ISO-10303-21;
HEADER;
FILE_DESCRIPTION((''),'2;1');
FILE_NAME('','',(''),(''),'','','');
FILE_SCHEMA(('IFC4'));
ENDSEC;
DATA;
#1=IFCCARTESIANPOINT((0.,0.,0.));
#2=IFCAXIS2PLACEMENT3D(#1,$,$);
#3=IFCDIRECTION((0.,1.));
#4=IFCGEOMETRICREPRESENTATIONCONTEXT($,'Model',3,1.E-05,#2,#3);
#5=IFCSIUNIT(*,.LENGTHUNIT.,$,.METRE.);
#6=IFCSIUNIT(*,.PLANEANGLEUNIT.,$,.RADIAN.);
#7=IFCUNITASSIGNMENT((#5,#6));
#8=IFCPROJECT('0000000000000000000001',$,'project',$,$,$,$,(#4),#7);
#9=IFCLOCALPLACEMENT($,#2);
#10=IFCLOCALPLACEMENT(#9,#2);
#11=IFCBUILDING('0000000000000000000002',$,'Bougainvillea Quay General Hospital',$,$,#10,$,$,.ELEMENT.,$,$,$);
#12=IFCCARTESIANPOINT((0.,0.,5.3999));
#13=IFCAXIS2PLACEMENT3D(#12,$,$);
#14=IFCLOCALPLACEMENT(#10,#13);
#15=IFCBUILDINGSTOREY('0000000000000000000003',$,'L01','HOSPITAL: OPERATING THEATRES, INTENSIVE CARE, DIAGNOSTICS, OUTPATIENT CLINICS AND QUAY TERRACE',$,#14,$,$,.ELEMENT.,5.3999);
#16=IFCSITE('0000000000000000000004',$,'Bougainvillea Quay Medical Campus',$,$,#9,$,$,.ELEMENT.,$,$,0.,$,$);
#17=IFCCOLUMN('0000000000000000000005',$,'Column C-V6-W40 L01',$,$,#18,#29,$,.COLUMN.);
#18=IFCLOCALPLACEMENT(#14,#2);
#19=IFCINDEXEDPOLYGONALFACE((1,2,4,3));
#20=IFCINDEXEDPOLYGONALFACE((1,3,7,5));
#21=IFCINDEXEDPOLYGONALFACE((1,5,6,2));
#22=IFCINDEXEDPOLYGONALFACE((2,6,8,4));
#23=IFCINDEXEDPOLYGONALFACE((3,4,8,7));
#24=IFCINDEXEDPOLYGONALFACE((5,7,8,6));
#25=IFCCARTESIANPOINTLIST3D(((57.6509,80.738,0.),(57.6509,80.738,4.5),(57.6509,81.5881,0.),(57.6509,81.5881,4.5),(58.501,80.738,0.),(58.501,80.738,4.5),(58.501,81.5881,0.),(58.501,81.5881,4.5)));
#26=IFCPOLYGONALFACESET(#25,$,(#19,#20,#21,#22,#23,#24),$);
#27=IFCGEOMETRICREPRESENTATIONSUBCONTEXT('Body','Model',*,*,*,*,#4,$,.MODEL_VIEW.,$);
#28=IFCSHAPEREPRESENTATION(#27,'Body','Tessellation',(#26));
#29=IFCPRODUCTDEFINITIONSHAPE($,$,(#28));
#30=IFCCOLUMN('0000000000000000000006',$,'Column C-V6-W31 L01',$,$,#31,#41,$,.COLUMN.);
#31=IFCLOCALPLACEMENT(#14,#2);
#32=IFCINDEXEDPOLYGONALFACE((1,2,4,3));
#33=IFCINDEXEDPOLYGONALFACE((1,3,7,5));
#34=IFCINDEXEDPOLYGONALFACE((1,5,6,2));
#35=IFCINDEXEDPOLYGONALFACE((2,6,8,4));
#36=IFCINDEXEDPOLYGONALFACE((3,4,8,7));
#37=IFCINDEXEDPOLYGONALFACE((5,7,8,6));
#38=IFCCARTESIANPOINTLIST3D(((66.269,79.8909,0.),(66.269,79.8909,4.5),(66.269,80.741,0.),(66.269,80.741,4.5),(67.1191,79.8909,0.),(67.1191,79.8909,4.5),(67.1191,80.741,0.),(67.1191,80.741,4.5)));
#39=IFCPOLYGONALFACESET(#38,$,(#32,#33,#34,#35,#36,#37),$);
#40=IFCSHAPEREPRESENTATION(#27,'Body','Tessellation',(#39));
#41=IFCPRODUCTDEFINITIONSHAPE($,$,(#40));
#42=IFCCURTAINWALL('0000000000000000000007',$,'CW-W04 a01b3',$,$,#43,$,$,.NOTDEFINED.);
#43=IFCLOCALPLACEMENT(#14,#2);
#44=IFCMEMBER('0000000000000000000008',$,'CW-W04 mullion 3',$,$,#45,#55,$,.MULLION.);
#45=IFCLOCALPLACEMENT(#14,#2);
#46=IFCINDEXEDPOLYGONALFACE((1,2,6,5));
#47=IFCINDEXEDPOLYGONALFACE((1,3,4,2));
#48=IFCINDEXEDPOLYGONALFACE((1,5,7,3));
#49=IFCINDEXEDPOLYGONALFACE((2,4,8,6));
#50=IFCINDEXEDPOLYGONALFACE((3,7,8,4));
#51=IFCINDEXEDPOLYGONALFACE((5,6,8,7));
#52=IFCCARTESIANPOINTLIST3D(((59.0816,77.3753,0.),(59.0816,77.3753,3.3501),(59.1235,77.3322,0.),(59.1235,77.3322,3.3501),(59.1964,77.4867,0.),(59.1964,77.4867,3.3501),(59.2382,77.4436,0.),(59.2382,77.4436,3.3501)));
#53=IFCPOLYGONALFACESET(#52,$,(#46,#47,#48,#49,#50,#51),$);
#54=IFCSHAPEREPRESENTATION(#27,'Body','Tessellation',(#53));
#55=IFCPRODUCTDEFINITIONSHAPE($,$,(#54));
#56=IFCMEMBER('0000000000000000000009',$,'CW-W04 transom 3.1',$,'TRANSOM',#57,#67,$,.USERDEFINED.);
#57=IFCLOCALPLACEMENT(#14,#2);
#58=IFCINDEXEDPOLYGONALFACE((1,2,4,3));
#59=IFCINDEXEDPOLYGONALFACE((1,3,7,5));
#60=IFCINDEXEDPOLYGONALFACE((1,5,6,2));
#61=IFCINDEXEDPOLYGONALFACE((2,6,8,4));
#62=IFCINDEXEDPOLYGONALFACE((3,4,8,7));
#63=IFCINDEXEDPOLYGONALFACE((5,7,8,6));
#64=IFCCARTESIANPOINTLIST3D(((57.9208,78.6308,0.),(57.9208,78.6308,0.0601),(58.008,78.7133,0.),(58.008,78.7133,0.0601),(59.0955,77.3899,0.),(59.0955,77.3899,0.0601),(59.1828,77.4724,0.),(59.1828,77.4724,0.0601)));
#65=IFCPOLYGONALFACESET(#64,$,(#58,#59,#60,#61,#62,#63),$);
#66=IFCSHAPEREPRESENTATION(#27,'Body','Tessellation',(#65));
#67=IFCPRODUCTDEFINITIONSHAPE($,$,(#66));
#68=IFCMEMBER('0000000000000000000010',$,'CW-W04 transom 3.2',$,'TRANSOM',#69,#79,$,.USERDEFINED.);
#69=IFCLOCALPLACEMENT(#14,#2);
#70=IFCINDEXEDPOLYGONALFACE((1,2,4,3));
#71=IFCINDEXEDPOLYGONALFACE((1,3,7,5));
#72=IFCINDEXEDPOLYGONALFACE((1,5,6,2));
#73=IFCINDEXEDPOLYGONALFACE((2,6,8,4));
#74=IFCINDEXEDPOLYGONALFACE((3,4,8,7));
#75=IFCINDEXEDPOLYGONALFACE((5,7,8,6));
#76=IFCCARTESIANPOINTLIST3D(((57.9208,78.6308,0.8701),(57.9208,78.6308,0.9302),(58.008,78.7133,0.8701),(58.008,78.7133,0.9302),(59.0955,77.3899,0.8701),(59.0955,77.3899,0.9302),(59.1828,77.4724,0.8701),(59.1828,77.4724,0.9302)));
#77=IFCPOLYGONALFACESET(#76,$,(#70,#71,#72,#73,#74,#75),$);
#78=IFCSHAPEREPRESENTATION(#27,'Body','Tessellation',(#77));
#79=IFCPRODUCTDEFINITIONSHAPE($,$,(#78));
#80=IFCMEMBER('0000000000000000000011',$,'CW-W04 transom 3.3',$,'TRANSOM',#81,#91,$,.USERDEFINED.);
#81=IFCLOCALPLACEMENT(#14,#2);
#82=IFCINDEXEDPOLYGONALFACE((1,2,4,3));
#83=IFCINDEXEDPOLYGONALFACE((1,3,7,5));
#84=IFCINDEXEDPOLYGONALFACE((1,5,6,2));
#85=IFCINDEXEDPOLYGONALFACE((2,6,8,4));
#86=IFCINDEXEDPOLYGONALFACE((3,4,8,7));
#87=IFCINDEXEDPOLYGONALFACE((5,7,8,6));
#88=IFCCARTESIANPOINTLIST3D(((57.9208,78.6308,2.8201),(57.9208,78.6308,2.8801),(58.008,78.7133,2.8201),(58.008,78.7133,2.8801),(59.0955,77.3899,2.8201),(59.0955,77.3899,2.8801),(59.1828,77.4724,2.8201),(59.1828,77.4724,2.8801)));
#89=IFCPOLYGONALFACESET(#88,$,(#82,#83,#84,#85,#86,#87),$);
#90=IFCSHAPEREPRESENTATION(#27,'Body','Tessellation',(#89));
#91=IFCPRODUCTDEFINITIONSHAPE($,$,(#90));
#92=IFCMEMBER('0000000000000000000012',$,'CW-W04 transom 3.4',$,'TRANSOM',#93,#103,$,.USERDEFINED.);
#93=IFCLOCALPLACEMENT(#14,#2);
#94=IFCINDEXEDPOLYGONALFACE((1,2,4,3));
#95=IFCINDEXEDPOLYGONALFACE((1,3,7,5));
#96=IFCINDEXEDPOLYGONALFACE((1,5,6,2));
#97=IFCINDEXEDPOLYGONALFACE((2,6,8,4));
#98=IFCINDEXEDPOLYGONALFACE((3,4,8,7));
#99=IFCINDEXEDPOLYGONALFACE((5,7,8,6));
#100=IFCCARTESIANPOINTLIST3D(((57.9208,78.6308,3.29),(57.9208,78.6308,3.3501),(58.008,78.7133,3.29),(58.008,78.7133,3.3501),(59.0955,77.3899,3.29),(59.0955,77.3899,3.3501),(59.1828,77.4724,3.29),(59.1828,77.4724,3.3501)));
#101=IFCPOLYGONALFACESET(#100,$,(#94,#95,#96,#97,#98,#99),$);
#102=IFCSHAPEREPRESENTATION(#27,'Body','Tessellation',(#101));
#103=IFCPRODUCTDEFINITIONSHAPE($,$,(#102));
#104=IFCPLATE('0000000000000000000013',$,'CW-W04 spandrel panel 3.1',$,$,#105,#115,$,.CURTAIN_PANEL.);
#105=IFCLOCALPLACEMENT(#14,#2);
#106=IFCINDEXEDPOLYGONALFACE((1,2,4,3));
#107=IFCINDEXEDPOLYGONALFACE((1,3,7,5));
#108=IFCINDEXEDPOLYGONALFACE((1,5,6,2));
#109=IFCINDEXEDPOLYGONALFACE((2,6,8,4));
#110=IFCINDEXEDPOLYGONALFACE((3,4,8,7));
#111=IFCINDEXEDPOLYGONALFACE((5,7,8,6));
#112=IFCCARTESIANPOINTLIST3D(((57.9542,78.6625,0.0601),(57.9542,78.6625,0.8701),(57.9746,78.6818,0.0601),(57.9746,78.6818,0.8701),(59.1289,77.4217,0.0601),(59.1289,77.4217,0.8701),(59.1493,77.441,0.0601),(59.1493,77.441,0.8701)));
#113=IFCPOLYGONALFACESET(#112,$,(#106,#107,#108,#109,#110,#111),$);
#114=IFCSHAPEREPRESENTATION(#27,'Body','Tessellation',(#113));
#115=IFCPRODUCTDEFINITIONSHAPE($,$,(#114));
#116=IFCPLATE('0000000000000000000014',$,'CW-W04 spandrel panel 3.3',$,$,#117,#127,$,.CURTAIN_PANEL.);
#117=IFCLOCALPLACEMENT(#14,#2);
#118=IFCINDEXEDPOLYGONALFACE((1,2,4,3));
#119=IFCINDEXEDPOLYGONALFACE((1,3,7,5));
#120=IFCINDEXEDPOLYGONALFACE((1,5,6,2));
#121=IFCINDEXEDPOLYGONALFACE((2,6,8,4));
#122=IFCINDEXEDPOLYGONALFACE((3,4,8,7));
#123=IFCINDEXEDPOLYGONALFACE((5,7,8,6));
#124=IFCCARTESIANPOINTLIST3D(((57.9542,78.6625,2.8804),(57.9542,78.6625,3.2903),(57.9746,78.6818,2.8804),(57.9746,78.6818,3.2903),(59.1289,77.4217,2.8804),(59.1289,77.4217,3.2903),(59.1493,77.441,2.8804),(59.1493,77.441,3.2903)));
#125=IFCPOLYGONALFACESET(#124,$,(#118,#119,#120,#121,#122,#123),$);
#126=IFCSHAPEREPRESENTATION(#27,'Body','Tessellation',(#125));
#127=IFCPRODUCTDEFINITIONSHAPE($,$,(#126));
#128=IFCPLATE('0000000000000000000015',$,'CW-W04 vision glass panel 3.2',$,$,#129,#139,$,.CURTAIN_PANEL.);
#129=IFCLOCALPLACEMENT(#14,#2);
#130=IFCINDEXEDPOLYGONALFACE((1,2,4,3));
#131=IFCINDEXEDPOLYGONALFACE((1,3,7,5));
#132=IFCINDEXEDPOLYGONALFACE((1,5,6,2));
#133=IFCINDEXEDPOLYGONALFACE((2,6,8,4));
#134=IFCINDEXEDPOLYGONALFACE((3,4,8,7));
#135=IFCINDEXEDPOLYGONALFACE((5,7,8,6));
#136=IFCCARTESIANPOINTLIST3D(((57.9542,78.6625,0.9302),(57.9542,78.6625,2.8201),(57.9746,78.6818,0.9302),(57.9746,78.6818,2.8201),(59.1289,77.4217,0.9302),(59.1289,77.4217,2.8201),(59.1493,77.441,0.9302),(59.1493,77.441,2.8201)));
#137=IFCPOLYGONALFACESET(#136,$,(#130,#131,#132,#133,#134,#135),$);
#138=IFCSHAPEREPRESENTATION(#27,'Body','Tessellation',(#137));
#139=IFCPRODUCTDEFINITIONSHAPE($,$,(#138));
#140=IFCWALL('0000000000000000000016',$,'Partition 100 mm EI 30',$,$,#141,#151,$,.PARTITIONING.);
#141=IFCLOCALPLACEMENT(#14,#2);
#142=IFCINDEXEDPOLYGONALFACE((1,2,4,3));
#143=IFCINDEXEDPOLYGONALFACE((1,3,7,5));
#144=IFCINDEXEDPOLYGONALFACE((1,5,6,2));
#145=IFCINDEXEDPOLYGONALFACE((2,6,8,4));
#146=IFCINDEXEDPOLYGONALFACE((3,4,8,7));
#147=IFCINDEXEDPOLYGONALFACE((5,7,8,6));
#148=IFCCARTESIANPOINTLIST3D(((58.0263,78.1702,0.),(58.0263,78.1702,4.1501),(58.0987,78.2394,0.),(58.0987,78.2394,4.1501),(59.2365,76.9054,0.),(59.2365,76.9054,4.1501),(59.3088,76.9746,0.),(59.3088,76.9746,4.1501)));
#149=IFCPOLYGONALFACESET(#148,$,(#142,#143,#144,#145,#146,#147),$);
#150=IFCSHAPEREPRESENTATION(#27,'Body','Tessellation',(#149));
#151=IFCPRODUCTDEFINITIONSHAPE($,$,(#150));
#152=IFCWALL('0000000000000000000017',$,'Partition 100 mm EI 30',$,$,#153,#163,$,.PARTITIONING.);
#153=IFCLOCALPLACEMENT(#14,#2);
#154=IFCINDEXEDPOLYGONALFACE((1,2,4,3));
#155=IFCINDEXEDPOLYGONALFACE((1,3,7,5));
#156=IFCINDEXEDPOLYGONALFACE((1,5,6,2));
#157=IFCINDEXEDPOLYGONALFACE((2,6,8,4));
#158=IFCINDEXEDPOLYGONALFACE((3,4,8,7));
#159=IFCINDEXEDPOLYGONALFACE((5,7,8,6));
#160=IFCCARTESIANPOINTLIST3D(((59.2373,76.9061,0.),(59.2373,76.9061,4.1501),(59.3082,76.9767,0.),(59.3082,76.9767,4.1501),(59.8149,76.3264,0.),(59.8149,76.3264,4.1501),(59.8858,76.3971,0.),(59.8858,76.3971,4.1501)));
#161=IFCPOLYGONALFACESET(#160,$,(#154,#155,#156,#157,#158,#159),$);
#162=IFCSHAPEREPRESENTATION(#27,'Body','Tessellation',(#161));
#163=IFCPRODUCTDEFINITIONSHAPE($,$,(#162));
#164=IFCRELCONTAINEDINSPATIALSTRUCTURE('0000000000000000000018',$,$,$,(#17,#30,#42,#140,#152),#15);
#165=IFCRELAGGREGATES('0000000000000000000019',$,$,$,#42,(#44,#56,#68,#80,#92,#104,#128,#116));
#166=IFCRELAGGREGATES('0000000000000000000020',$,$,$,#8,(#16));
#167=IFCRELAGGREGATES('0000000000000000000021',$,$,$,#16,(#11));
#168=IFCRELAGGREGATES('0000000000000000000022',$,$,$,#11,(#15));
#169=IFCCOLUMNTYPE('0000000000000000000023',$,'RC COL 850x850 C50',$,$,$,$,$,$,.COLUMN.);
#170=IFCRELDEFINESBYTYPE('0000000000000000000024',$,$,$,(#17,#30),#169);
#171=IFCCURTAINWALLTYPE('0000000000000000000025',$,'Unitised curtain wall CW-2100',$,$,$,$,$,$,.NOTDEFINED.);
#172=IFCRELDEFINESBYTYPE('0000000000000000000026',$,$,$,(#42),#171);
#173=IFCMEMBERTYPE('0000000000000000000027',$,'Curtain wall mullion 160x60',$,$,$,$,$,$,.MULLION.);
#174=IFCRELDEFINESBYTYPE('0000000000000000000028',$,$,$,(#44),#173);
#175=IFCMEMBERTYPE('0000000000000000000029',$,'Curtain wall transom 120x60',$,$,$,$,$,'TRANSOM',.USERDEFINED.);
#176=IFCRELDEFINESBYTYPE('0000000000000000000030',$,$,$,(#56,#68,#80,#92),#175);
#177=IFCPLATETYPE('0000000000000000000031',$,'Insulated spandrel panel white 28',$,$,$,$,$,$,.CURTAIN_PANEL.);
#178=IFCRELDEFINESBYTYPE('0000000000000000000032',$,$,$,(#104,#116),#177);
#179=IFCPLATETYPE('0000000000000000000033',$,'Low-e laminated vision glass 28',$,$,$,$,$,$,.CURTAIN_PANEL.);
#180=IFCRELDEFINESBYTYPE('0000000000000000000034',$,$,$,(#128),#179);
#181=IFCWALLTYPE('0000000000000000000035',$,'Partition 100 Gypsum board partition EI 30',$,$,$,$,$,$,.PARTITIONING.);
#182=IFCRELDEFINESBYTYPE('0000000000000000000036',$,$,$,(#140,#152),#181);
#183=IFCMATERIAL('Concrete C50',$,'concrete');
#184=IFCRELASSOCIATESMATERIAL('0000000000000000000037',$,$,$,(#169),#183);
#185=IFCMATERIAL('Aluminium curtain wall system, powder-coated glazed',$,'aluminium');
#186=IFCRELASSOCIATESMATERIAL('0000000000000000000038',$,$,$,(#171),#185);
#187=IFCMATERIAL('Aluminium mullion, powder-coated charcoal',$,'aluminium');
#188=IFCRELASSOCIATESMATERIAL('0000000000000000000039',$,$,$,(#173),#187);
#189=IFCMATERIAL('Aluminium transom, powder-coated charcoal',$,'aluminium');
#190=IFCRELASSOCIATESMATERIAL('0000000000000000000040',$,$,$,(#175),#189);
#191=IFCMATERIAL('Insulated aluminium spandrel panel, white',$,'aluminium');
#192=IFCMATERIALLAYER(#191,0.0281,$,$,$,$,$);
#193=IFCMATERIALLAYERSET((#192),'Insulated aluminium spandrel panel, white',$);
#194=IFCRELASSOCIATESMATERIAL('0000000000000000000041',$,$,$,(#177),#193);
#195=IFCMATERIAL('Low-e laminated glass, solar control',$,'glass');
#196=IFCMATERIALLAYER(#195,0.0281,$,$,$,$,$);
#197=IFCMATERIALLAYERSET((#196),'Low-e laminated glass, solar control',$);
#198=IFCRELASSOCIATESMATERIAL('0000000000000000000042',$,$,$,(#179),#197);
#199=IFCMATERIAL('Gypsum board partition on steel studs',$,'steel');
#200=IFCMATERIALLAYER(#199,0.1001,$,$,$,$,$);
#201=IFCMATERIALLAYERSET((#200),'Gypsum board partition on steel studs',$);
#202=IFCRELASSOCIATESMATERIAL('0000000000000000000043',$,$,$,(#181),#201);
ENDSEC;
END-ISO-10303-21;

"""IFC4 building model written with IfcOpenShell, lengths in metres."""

from ifc_helpers import new_model, si_unit, direction, frame, frame_2d, origin, origin_2d, place, context, subcontext, project, spatial, rectangle, extrude, material, layer, layer_set, material_profile, profile_set, type_object, element, aggregate, save


model = new_model("IFC4")

# Units and contexts
model_context = context("Model", 3, precision=1e-05, world=origin(), true_north=direction((0.0, 1.0)))
body_context = subcontext(model_context, "Body", "Model", "MODEL_VIEW")
ifc_project = project(units=[si_unit("LENGTHUNIT", "METRE"), si_unit("PLANEANGLEUNIT", "RADIAN")], contexts=[model_context])

# Site, building, storey
site_placement = place(None, origin())
site = spatial("IfcSite", under=ifc_project, at=site_placement, Name="Bougainvillea Quay Medical Campus", CompositionType="ELEMENT", RefElevation=0.0)
building_placement = place(site_placement, origin())
building = spatial("IfcBuilding", under=site, at=building_placement, Name="Bougainvillea Quay General Hospital", CompositionType="ELEMENT")
storey_placement = place(building_placement, frame((0.0, 0.0, 5.3999)))
storey = spatial("IfcBuildingStorey", under=building, at=storey_placement, Name="L01", Description="HOSPITAL: OPERATING THEATRES, INTENSIVE CARE, DIAGNOSTICS, OUTPATIENT CLINICS AND QUAY TERRACE", CompositionType="ELEMENT", Elevation=5.3999)

# Columns
ifc_material_1 = material(Name="Concrete C50", Category="concrete")
ifc_material_profile_1 = material_profile(ifc_material_1, rectangle(XDim=0.8501, YDim=0.8501, at=origin_2d()))
ifc_profile_set_1 = profile_set([ifc_material_profile_1], Name="Concrete C50")
column_type = type_object("IfcColumnType", Name="RC COL 850x850 C50", PredefinedType="COLUMN", material=ifc_profile_set_1)
for number, where, z_axis, x_axis, name in (
    (1, (58.0759, 81.1631, 0.0), (0.0, 0.0, 1.0), (1.0, 0.0, 0.0), "Column C-V6-W40 L01"),
    (2, (66.6941, 80.3159, 0.0), (0.0, 0.0, 1.0), (1.0, 0.0, 0.0), "Column C-V6-W31 L01"),
):
    element("IfcColumn", number, at=place(storey_placement, frame(where, z_axis=z_axis, x_axis=x_axis)), inside=storey, type_object=column_type, Name=name, PredefinedType="COLUMN", context=body_context, shape_type="SweptSolid", body=[
        extrude(rectangle(XDim=0.8501, YDim=0.8501, at=origin_2d()), origin(), (0.0, 0.0, 1.0), 4.5),
    ])

# Curtain wall, members, plates
ifc_material_2 = material(Name="Aluminium curtain wall system, powder-coated glazed", Category="aluminium")
curtain_wall_type = type_object("IfcCurtainWallType", Name="Unitised curtain wall CW-2100", PredefinedType="NOTDEFINED", material=ifc_material_2)
curtain_wall_placement = place(storey_placement, origin())
curtain_wall = element("IfcCurtainWall", 3, at=curtain_wall_placement, inside=storey, type_object=curtain_wall_type, Name="CW-W04 a01b3", PredefinedType="NOTDEFINED")
ifc_material_3 = material(Name="Aluminium mullion, powder-coated charcoal", Category="aluminium")
ifc_material_profile_2 = material_profile(ifc_material_3, rectangle(XDim=0.1599, YDim=0.0601, at=origin_2d()))
ifc_profile_set_2 = profile_set([ifc_material_profile_2], Name="Aluminium mullion, powder-coated charcoal")
member_type_1 = type_object("IfcMemberType", Name="Curtain wall mullion 160x60", PredefinedType="MULLION", material=ifc_profile_set_2)
member_1_placement = place(storey_placement, frame((59.1599, 77.4094, 0.0), z_axis=(0.0, 0.0, 1.0), x_axis=(-0.717421, -0.696639, 0.0)))
member_1 = element("IfcMember", 4, at=member_1_placement, type_object=member_type_1, Name="CW-W04 mullion 3", PredefinedType="MULLION", context=body_context, shape_type="SweptSolid", body=[
    extrude(rectangle(XDim=0.1599, YDim=0.0601, at=origin_2d()), origin(), (0.0, 0.0, 1.0), 3.3501),
])
ifc_material_4 = material(Name="Aluminium transom, powder-coated charcoal", Category="aluminium")
ifc_material_profile_3 = material_profile(ifc_material_4, rectangle(XDim=0.1201, YDim=0.0601, at=origin_2d()))
ifc_profile_set_3 = profile_set([ifc_material_profile_3], Name="Aluminium transom, powder-coated charcoal")
member_type_2 = type_object("IfcMemberType", Name="Curtain wall transom 120x60", ElementType="TRANSOM", PredefinedType="USERDEFINED", material=ifc_profile_set_3)
member_2_placement = place(storey_placement, frame((59.1392, 77.4312, 0.03), z_axis=(-0.687483, 0.7262, 0.0), x_axis=(-0.7262, -0.687483, 0.0)))
member_2 = element("IfcMember", 5, at=member_2_placement, type_object=member_type_2, Name="CW-W04 transom 3.1", ObjectType="TRANSOM", PredefinedType="USERDEFINED", context=body_context, shape_type="SweptSolid", body=[
    extrude(rectangle(XDim=0.1201, YDim=0.0601, at=origin_2d()), origin(), (0.0, 0.0, 1.0), 1.7087),
])
member_3_placement = place(storey_placement, frame((59.1392, 77.4312, 0.9001), z_axis=(-0.687483, 0.7262, 0.0), x_axis=(-0.7262, -0.687483, 0.0)))
member_3 = element("IfcMember", 6, at=member_3_placement, type_object=member_type_2, Name="CW-W04 transom 3.2", ObjectType="TRANSOM", PredefinedType="USERDEFINED", context=body_context, shape_type="SweptSolid", body=[
    extrude(rectangle(XDim=0.1201, YDim=0.0601, at=origin_2d()), origin(), (0.0, 0.0, 1.0), 1.7087),
])
member_4_placement = place(storey_placement, frame((59.1392, 77.4312, 2.8501), z_axis=(-0.687483, 0.7262, 0.0), x_axis=(-0.7262, -0.687483, 0.0)))
member_4 = element("IfcMember", 7, at=member_4_placement, type_object=member_type_2, Name="CW-W04 transom 3.3", ObjectType="TRANSOM", PredefinedType="USERDEFINED", context=body_context, shape_type="SweptSolid", body=[
    extrude(rectangle(XDim=0.1201, YDim=0.0601, at=origin_2d()), origin(), (0.0, 0.0, 1.0), 1.7087),
])
member_5_placement = place(storey_placement, frame((59.1392, 77.4312, 3.3201), z_axis=(-0.687483, 0.7262, 0.0), x_axis=(-0.7262, -0.687483, 0.0)))
member_5 = element("IfcMember", 8, at=member_5_placement, type_object=member_type_2, Name="CW-W04 transom 3.4", ObjectType="TRANSOM", PredefinedType="USERDEFINED", context=body_context, shape_type="SweptSolid", body=[
    extrude(rectangle(XDim=0.1201, YDim=0.0601, at=origin_2d()), origin(), (0.0, 0.0, 1.0), 1.7087),
])
ifc_material_5 = material(Name="Insulated aluminium spandrel panel, white", Category="aluminium")
ifc_layer_1 = layer(ifc_material_5, 0.0281)
ifc_layer_set_1 = layer_set([ifc_layer_1], Name="Insulated aluminium spandrel panel, white")
plate_type_1 = type_object("IfcPlateType", Name="Insulated spandrel panel white 28", PredefinedType="CURTAIN_PANEL", material=ifc_layer_set_1)
plate_1_placement = place(storey_placement, frame((58.5518, 78.0518, 0.0601), z_axis=(0.0, 0.0, 1.0), x_axis=(-0.687487, 0.726197, 0.0)))
plate_1 = element("IfcPlate", 9, at=plate_1_placement, type_object=plate_type_1, Name="CW-W04 spandrel panel 3.1", PredefinedType="CURTAIN_PANEL", context=body_context, shape_type="SweptSolid", body=[
    extrude(rectangle(XDim=1.7087, YDim=0.0281, at=origin_2d()), origin(), (0.0, 0.0, 1.0), 0.8101),
])
plate_2_placement = place(storey_placement, frame((58.5518, 78.0518, 2.8804), z_axis=(0.0, 0.0, 1.0), x_axis=(-0.687487, 0.726197, 0.0)))
plate_2 = element("IfcPlate", 10, at=plate_2_placement, type_object=plate_type_1, Name="CW-W04 spandrel panel 3.3", PredefinedType="CURTAIN_PANEL", context=body_context, shape_type="SweptSolid", body=[
    extrude(rectangle(XDim=1.7087, YDim=0.0281, at=origin_2d()), origin(), (0.0, 0.0, 1.0), 0.4099),
])
ifc_material_6 = material(Name="Low-e laminated glass, solar control", Category="glass")
ifc_layer_2 = layer(ifc_material_6, 0.0281)
ifc_layer_set_2 = layer_set([ifc_layer_2], Name="Low-e laminated glass, solar control")
plate_type_2 = type_object("IfcPlateType", Name="Low-e laminated vision glass 28", PredefinedType="CURTAIN_PANEL", material=ifc_layer_set_2)
plate_3_placement = place(storey_placement, frame((58.5518, 78.0518, 0.9302), z_axis=(0.0, 0.0, 1.0), x_axis=(-0.687487, 0.726197, 0.0)))
plate_3 = element("IfcPlate", 11, at=plate_3_placement, type_object=plate_type_2, Name="CW-W04 vision glass panel 3.2", PredefinedType="CURTAIN_PANEL", context=body_context, shape_type="SweptSolid", body=[
    extrude(rectangle(XDim=1.7087, YDim=0.0281, at=origin_2d()), origin(), (0.0, 0.0, 1.0), 1.8899),
])
aggregate(curtain_wall, [member_1, member_2, member_3, member_4, member_5, plate_1, plate_3, plate_2])

# Walls
ifc_material_7 = material(Name="Gypsum board partition on steel studs", Category="steel")
ifc_layer_3 = layer(ifc_material_7, 0.1001)
ifc_layer_set_3 = layer_set([ifc_layer_3], Name="Gypsum board partition on steel studs")
wall_type_1 = type_object("IfcWallType", Name="Partition 100 Gypsum board partition EI 30", PredefinedType="PARTITIONING", material=ifc_layer_set_3)
wall_1_placement = place(storey_placement, frame((58.0625, 78.2048, 0.0), z_axis=(0.0, 0.0, 1.0), x_axis=(0.691314, -0.722554, 0.0)))
element("IfcWall", 12, at=wall_1_placement, inside=storey, type_object=wall_type_1, Name="Partition 100 mm EI 30", PredefinedType="PARTITIONING", context=body_context, shape_type="SweptSolid", body=[
    extrude(rectangle(XDim=1.7505, YDim=0.1001, at=frame_2d((0.8752, 0.0))), origin(), (0.0, 0.0, 1.0), 4.1501),
])
wall_2_placement = place(storey_placement, frame((59.2727, 76.9414, 0.0), z_axis=(0.0, 0.0, 1.0), x_axis=(0.705912, -0.708299, 0.0)))
element("IfcWall", 13, at=wall_2_placement, inside=storey, type_object=wall_type_1, Name="Partition 100 mm EI 30", PredefinedType="PARTITIONING", context=body_context, shape_type="SweptSolid", body=[
    extrude(rectangle(XDim=0.8184, YDim=0.1001, at=frame_2d((0.4092, 0.0))), origin(), (0.0, 0.0, 1.0), 4.1501),
])

save(model, "model.ifc")
